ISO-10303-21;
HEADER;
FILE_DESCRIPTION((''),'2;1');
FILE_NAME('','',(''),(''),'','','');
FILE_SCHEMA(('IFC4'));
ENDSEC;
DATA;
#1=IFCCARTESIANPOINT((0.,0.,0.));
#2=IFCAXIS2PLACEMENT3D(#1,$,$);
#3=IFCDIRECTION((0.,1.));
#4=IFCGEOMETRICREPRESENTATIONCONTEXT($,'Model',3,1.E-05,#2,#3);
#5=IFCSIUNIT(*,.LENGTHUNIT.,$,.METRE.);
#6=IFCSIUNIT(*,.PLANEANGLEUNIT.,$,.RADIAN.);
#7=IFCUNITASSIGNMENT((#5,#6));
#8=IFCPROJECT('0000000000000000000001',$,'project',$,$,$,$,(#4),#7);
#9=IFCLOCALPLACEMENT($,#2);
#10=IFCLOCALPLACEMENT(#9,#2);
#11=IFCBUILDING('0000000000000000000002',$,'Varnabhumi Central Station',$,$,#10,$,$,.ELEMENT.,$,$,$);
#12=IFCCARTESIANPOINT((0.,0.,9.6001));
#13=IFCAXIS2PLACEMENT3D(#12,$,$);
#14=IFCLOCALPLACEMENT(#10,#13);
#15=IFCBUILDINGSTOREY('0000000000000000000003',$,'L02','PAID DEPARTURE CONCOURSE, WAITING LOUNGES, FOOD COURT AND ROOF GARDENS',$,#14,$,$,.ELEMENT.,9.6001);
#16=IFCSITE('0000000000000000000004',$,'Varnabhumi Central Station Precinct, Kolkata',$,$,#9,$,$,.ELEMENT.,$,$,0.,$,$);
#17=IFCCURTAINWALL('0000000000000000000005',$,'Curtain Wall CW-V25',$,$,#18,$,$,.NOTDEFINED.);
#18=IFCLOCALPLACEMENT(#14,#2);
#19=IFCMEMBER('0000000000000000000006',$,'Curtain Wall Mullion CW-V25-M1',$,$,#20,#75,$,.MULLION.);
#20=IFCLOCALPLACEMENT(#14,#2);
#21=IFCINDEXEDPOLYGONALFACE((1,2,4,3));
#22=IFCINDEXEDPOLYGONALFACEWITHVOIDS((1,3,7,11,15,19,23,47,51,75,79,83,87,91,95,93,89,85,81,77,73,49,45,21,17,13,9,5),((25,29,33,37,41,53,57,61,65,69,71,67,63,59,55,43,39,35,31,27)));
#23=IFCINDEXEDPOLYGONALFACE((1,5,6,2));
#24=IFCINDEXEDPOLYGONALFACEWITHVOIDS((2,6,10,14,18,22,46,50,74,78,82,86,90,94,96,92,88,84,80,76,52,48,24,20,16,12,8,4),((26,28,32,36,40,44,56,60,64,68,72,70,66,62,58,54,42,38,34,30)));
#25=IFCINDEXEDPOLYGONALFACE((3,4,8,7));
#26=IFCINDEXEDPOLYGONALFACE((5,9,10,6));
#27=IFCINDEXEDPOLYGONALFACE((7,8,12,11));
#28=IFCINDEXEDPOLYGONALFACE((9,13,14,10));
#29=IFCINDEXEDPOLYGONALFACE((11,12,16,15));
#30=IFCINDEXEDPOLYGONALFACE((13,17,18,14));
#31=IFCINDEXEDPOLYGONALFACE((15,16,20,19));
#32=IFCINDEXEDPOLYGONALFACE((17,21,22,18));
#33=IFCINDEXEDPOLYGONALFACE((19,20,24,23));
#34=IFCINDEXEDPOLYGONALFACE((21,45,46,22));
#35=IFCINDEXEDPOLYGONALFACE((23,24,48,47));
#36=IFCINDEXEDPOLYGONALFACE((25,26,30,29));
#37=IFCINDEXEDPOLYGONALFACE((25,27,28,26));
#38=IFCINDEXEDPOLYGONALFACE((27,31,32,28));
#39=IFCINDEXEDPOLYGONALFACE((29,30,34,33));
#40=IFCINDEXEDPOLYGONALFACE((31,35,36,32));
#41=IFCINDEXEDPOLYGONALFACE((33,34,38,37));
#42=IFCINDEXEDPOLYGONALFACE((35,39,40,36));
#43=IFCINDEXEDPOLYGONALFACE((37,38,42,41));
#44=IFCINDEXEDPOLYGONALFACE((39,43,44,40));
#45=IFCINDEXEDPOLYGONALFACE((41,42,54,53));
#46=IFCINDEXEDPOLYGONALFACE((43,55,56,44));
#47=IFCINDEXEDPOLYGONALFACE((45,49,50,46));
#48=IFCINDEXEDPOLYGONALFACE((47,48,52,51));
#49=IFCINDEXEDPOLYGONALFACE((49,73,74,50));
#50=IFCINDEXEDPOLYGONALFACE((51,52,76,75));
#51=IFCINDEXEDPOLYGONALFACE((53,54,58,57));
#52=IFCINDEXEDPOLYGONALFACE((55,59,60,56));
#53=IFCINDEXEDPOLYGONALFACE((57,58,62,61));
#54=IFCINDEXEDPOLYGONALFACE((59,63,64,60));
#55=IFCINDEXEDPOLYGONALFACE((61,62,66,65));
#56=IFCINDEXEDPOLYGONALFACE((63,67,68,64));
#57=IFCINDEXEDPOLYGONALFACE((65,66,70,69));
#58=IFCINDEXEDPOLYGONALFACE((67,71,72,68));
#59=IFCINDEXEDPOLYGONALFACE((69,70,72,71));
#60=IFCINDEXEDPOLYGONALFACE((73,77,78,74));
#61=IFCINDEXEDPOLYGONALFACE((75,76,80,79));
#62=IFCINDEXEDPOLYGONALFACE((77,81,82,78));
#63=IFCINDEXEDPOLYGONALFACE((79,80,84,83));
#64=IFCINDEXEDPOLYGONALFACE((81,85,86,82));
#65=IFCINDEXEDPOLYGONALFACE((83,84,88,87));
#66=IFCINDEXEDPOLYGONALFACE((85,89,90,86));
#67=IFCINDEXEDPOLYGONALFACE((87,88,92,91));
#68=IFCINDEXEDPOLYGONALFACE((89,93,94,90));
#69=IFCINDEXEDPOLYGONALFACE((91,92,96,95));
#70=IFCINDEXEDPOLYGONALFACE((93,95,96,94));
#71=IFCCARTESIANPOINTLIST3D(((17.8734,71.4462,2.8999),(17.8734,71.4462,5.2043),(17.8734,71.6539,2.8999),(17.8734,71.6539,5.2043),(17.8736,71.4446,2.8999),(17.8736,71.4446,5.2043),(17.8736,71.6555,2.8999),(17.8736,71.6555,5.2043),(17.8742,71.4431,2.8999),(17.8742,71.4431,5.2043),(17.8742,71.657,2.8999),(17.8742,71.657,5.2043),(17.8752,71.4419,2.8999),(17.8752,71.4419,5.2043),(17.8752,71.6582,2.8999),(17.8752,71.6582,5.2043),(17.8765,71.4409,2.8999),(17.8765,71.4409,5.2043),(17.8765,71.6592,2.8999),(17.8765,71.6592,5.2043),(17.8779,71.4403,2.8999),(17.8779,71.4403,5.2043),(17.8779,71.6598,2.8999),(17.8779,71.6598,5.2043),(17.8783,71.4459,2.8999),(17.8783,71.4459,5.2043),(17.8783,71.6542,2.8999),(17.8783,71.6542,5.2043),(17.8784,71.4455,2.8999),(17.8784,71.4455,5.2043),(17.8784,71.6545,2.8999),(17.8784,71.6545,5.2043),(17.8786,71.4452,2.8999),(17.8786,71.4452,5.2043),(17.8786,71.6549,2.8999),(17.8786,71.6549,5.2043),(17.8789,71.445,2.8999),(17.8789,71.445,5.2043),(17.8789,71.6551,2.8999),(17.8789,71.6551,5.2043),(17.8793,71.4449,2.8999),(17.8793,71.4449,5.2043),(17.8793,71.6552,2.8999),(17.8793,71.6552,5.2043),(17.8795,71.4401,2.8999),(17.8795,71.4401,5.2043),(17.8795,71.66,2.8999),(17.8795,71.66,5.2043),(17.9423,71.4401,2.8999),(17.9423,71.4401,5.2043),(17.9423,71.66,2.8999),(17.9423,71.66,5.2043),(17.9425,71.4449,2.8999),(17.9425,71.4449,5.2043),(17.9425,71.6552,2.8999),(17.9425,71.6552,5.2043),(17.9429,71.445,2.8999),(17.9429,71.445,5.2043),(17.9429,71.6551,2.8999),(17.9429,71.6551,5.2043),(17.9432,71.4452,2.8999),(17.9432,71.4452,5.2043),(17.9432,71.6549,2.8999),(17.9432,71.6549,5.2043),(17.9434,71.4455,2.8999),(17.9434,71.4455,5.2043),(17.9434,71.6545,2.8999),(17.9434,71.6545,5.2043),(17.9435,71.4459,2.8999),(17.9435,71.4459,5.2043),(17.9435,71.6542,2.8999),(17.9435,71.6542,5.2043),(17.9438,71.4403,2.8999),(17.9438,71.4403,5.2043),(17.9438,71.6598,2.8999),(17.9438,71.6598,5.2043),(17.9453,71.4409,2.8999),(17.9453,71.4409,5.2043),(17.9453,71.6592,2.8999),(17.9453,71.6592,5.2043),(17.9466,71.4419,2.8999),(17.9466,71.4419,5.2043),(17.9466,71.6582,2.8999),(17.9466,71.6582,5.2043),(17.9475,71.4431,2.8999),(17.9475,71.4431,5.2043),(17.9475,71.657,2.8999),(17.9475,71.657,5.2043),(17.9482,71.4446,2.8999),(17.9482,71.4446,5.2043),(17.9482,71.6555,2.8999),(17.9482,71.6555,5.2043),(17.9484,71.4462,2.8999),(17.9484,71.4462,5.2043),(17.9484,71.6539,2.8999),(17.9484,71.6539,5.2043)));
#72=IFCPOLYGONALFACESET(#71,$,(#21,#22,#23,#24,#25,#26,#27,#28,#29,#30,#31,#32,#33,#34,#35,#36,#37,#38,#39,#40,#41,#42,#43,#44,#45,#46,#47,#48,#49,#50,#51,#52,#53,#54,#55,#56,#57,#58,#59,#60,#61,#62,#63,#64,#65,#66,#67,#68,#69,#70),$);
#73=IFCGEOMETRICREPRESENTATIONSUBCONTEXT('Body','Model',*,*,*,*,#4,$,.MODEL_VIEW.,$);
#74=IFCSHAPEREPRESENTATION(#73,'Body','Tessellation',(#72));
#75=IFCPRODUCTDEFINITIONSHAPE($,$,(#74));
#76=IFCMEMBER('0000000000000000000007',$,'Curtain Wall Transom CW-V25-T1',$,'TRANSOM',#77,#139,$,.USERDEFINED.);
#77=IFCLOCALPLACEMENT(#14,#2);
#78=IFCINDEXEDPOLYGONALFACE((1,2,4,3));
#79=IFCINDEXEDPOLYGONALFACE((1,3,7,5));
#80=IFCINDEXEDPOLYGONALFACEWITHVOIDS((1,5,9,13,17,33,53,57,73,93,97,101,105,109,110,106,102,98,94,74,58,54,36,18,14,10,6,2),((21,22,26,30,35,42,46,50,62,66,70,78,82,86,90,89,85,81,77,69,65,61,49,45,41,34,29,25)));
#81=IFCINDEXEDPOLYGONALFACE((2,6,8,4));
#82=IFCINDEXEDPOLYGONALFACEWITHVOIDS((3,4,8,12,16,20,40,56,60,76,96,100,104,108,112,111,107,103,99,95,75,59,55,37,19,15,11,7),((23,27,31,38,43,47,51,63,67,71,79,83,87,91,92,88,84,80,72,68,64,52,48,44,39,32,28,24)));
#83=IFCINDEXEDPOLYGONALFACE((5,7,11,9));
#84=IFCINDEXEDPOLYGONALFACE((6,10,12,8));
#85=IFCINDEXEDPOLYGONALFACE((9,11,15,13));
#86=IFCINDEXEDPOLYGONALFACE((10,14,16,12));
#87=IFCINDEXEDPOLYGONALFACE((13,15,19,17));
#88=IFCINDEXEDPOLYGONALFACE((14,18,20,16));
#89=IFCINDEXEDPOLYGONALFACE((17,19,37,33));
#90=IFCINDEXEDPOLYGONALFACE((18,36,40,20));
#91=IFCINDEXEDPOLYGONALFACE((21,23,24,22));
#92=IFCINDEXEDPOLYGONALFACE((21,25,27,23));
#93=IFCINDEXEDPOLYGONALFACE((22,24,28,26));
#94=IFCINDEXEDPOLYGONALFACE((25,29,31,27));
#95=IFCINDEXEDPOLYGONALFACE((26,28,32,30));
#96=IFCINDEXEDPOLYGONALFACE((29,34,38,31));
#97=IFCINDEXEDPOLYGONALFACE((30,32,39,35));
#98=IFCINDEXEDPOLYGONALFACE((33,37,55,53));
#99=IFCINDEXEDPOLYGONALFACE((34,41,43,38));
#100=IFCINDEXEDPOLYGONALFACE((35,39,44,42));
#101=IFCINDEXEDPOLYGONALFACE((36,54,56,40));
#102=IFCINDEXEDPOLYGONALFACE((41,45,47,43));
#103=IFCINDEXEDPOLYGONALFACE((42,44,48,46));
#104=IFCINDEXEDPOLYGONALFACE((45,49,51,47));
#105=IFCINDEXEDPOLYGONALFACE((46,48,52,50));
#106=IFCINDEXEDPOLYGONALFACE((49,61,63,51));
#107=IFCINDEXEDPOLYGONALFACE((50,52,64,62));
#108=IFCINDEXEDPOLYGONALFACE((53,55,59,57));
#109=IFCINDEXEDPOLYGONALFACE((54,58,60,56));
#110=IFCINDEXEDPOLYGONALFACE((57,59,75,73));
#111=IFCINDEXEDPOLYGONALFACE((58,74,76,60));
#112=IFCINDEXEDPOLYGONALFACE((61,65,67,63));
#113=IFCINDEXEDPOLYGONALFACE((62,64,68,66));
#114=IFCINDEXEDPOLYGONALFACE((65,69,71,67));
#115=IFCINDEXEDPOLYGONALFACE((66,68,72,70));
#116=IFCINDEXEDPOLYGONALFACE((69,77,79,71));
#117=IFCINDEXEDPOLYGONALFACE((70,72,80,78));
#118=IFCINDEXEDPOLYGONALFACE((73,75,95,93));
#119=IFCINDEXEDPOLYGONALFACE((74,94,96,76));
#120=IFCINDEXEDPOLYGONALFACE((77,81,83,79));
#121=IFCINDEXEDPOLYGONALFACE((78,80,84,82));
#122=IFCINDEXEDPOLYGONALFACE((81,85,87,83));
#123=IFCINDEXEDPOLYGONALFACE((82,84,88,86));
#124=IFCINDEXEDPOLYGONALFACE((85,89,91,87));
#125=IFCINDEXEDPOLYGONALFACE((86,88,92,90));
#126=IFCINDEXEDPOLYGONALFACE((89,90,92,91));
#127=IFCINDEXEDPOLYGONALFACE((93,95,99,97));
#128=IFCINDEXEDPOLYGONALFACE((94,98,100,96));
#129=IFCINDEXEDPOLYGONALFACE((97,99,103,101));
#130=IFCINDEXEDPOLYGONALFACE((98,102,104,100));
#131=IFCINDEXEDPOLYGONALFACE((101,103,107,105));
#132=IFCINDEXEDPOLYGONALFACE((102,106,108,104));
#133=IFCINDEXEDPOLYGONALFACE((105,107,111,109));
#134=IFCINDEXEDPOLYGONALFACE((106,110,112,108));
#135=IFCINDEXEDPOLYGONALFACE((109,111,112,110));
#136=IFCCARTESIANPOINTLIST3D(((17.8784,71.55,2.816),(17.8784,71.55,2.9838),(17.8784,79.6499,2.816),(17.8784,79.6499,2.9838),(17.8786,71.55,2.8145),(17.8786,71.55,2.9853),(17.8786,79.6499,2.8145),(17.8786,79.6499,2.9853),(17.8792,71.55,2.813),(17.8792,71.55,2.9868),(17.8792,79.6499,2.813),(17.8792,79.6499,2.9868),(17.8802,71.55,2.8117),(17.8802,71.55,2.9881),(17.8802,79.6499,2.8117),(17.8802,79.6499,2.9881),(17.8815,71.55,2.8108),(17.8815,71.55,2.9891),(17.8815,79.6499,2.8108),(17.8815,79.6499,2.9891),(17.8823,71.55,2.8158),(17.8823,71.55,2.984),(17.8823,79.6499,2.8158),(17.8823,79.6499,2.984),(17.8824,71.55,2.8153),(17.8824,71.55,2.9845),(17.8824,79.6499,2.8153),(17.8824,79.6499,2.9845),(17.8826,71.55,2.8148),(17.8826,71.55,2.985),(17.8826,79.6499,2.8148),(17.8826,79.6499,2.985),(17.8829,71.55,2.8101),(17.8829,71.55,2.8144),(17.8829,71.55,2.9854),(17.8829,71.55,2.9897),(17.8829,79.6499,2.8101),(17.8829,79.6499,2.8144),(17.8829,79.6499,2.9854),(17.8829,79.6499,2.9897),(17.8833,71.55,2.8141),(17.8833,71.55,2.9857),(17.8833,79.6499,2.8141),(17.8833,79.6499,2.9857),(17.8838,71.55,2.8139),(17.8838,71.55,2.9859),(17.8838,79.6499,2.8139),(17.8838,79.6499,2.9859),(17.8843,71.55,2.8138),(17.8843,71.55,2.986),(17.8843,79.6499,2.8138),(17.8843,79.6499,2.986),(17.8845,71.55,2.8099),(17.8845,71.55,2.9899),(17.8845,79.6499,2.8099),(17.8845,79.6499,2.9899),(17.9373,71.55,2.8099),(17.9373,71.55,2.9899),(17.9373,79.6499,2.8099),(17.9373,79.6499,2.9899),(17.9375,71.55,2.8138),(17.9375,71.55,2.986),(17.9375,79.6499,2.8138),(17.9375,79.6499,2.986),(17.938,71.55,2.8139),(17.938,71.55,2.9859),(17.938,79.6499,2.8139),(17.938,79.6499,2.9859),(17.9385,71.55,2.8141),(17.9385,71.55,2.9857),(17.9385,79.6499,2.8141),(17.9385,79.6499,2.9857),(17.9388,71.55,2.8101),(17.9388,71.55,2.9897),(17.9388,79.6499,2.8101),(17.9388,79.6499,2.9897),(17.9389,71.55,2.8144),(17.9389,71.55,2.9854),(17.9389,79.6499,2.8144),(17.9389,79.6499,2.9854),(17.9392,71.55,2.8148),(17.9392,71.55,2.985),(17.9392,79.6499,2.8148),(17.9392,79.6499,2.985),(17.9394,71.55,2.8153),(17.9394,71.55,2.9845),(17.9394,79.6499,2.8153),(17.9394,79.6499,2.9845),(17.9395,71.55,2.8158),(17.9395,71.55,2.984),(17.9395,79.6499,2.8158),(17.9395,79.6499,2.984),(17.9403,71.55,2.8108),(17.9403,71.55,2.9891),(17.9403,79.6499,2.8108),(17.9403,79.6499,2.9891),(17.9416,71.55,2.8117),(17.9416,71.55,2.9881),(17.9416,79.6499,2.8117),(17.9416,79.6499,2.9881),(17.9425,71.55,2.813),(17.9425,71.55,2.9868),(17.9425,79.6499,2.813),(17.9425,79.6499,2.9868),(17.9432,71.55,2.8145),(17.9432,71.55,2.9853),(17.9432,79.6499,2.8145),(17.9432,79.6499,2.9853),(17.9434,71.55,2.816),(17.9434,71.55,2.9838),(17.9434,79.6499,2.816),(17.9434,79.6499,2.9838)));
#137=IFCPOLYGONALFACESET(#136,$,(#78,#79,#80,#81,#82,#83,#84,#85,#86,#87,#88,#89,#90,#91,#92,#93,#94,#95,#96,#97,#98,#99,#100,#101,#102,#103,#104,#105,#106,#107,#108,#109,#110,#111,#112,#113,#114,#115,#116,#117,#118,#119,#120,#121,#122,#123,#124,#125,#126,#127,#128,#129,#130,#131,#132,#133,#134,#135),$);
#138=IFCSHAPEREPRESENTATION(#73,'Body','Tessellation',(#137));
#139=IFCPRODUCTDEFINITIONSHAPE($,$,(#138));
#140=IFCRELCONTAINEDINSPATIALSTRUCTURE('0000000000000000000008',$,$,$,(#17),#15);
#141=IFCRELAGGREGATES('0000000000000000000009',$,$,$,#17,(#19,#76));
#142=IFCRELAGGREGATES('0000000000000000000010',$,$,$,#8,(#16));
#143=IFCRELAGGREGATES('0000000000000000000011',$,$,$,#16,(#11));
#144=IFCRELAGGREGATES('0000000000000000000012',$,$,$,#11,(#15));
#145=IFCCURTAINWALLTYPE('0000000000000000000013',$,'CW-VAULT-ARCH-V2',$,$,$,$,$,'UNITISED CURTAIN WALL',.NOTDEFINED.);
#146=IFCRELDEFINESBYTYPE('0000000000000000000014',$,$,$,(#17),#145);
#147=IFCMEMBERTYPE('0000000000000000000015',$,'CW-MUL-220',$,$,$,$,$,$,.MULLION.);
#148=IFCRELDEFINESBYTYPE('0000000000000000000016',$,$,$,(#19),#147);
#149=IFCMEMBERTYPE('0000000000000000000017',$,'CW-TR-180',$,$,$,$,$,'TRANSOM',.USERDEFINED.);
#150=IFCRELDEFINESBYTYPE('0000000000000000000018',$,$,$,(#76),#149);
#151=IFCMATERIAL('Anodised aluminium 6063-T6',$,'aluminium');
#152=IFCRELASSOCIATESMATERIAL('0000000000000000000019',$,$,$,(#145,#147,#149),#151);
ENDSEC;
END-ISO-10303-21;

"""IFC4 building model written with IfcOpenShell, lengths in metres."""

from ifc_helpers import new_model, si_unit, direction, frame, origin, origin_2d, place, context, subcontext, project, spatial, hollow_rectangle, extrude, material, material_profile, profile_set, type_object, element, aggregate, save


model = new_model("IFC4")

# Units and contexts
model_context = context("Model", 3, precision=1e-05, world=origin(), true_north=direction((0.0, 1.0)))
body_context = subcontext(model_context, "Body", "Model", "MODEL_VIEW")
ifc_project = project(units=[si_unit("LENGTHUNIT", "METRE"), si_unit("PLANEANGLEUNIT", "RADIAN")], contexts=[model_context])

# Site, building, storey
site_placement = place(None, origin())
site = spatial("IfcSite", under=ifc_project, at=site_placement, Name="Varnabhumi Central Station Precinct, Kolkata", CompositionType="ELEMENT", RefElevation=0.0)
building_placement = place(site_placement, origin())
building = spatial("IfcBuilding", under=site, at=building_placement, Name="Varnabhumi Central Station", CompositionType="ELEMENT")
storey_placement = place(building_placement, frame((0.0, 0.0, 9.6001)))
storey = spatial("IfcBuildingStorey", under=building, at=storey_placement, Name="L02", Description="PAID DEPARTURE CONCOURSE, WAITING LOUNGES, FOOD COURT AND ROOF GARDENS", CompositionType="ELEMENT", Elevation=9.6001)

# Curtain wall, members
ifc_material_1 = material(Name="Anodised aluminium 6063-T6", Category="aluminium")
curtain_wall_type = type_object("IfcCurtainWallType", Name="CW-VAULT-ARCH-V2", ElementType="UNITISED CURTAIN WALL", PredefinedType="NOTDEFINED", material=ifc_material_1)
curtain_wall_placement = place(storey_placement, origin())
curtain_wall = element("IfcCurtainWall", 1, at=curtain_wall_placement, inside=storey, type_object=curtain_wall_type, Name="Curtain Wall CW-V25", PredefinedType="NOTDEFINED")
ifc_material_profile_1 = material_profile(ifc_material_1, hollow_rectangle(XDim=0.075, YDim=0.22, WallThickness=0.0049, InnerFilletRadius=0.001, OuterFilletRadius=0.0061, at=origin_2d()), Name="Anodised aluminium 6063-T6", Category="aluminium")
ifc_profile_set_1 = profile_set([ifc_material_profile_1], Name="Anodised aluminium 6063-T6")
member_type_1 = type_object("IfcMemberType", Name="CW-MUL-220", PredefinedType="MULLION", material=ifc_profile_set_1)
member_1_placement = place(storey_placement, frame((17.9109, 71.55, 2.8999), z_axis=(0.0, 0.0, 1.0), x_axis=(1.0, 0.0, 0.0)))
member_1 = element("IfcMember", 2, at=member_1_placement, type_object=member_type_1, Name="Curtain Wall Mullion CW-V25-M1", PredefinedType="MULLION", context=body_context, shape_type="SweptSolid", body=[
    extrude(hollow_rectangle(XDim=0.075, YDim=0.22, WallThickness=0.0049, InnerFilletRadius=0.001, OuterFilletRadius=0.0061, at=origin_2d()), origin(), (0.0, 0.0, 1.0), 2.3044),
])
ifc_material_profile_2 = material_profile(ifc_material_1, hollow_rectangle(XDim=0.0649, YDim=0.1799, WallThickness=0.0039, InnerFilletRadius=0.002, OuterFilletRadius=0.0061, at=origin_2d()), Name="Anodised aluminium 6063-T6", Category="aluminium")
ifc_profile_set_2 = profile_set([ifc_material_profile_2], Name="Anodised aluminium 6063-T6")
member_type_2 = type_object("IfcMemberType", Name="CW-TR-180", ElementType="TRANSOM", PredefinedType="USERDEFINED", material=ifc_profile_set_2)
member_2_placement = place(storey_placement, frame((17.9109, 71.55, 2.8999), z_axis=(0.0, 1.0, 0.0), x_axis=(-1.0, 0.0, 0.0)))
member_2 = element("IfcMember", 3, at=member_2_placement, type_object=member_type_2, Name="Curtain Wall Transom CW-V25-T1", ObjectType="TRANSOM", PredefinedType="USERDEFINED", context=body_context, shape_type="SweptSolid", body=[
    extrude(hollow_rectangle(XDim=0.0649, YDim=0.1799, WallThickness=0.0039, InnerFilletRadius=0.002, OuterFilletRadius=0.0061, at=origin_2d()), origin(), (0.0, 0.0, 1.0), 8.0999),
])
aggregate(curtain_wall, [member_1, member_2])

save(model, "model.ifc")
